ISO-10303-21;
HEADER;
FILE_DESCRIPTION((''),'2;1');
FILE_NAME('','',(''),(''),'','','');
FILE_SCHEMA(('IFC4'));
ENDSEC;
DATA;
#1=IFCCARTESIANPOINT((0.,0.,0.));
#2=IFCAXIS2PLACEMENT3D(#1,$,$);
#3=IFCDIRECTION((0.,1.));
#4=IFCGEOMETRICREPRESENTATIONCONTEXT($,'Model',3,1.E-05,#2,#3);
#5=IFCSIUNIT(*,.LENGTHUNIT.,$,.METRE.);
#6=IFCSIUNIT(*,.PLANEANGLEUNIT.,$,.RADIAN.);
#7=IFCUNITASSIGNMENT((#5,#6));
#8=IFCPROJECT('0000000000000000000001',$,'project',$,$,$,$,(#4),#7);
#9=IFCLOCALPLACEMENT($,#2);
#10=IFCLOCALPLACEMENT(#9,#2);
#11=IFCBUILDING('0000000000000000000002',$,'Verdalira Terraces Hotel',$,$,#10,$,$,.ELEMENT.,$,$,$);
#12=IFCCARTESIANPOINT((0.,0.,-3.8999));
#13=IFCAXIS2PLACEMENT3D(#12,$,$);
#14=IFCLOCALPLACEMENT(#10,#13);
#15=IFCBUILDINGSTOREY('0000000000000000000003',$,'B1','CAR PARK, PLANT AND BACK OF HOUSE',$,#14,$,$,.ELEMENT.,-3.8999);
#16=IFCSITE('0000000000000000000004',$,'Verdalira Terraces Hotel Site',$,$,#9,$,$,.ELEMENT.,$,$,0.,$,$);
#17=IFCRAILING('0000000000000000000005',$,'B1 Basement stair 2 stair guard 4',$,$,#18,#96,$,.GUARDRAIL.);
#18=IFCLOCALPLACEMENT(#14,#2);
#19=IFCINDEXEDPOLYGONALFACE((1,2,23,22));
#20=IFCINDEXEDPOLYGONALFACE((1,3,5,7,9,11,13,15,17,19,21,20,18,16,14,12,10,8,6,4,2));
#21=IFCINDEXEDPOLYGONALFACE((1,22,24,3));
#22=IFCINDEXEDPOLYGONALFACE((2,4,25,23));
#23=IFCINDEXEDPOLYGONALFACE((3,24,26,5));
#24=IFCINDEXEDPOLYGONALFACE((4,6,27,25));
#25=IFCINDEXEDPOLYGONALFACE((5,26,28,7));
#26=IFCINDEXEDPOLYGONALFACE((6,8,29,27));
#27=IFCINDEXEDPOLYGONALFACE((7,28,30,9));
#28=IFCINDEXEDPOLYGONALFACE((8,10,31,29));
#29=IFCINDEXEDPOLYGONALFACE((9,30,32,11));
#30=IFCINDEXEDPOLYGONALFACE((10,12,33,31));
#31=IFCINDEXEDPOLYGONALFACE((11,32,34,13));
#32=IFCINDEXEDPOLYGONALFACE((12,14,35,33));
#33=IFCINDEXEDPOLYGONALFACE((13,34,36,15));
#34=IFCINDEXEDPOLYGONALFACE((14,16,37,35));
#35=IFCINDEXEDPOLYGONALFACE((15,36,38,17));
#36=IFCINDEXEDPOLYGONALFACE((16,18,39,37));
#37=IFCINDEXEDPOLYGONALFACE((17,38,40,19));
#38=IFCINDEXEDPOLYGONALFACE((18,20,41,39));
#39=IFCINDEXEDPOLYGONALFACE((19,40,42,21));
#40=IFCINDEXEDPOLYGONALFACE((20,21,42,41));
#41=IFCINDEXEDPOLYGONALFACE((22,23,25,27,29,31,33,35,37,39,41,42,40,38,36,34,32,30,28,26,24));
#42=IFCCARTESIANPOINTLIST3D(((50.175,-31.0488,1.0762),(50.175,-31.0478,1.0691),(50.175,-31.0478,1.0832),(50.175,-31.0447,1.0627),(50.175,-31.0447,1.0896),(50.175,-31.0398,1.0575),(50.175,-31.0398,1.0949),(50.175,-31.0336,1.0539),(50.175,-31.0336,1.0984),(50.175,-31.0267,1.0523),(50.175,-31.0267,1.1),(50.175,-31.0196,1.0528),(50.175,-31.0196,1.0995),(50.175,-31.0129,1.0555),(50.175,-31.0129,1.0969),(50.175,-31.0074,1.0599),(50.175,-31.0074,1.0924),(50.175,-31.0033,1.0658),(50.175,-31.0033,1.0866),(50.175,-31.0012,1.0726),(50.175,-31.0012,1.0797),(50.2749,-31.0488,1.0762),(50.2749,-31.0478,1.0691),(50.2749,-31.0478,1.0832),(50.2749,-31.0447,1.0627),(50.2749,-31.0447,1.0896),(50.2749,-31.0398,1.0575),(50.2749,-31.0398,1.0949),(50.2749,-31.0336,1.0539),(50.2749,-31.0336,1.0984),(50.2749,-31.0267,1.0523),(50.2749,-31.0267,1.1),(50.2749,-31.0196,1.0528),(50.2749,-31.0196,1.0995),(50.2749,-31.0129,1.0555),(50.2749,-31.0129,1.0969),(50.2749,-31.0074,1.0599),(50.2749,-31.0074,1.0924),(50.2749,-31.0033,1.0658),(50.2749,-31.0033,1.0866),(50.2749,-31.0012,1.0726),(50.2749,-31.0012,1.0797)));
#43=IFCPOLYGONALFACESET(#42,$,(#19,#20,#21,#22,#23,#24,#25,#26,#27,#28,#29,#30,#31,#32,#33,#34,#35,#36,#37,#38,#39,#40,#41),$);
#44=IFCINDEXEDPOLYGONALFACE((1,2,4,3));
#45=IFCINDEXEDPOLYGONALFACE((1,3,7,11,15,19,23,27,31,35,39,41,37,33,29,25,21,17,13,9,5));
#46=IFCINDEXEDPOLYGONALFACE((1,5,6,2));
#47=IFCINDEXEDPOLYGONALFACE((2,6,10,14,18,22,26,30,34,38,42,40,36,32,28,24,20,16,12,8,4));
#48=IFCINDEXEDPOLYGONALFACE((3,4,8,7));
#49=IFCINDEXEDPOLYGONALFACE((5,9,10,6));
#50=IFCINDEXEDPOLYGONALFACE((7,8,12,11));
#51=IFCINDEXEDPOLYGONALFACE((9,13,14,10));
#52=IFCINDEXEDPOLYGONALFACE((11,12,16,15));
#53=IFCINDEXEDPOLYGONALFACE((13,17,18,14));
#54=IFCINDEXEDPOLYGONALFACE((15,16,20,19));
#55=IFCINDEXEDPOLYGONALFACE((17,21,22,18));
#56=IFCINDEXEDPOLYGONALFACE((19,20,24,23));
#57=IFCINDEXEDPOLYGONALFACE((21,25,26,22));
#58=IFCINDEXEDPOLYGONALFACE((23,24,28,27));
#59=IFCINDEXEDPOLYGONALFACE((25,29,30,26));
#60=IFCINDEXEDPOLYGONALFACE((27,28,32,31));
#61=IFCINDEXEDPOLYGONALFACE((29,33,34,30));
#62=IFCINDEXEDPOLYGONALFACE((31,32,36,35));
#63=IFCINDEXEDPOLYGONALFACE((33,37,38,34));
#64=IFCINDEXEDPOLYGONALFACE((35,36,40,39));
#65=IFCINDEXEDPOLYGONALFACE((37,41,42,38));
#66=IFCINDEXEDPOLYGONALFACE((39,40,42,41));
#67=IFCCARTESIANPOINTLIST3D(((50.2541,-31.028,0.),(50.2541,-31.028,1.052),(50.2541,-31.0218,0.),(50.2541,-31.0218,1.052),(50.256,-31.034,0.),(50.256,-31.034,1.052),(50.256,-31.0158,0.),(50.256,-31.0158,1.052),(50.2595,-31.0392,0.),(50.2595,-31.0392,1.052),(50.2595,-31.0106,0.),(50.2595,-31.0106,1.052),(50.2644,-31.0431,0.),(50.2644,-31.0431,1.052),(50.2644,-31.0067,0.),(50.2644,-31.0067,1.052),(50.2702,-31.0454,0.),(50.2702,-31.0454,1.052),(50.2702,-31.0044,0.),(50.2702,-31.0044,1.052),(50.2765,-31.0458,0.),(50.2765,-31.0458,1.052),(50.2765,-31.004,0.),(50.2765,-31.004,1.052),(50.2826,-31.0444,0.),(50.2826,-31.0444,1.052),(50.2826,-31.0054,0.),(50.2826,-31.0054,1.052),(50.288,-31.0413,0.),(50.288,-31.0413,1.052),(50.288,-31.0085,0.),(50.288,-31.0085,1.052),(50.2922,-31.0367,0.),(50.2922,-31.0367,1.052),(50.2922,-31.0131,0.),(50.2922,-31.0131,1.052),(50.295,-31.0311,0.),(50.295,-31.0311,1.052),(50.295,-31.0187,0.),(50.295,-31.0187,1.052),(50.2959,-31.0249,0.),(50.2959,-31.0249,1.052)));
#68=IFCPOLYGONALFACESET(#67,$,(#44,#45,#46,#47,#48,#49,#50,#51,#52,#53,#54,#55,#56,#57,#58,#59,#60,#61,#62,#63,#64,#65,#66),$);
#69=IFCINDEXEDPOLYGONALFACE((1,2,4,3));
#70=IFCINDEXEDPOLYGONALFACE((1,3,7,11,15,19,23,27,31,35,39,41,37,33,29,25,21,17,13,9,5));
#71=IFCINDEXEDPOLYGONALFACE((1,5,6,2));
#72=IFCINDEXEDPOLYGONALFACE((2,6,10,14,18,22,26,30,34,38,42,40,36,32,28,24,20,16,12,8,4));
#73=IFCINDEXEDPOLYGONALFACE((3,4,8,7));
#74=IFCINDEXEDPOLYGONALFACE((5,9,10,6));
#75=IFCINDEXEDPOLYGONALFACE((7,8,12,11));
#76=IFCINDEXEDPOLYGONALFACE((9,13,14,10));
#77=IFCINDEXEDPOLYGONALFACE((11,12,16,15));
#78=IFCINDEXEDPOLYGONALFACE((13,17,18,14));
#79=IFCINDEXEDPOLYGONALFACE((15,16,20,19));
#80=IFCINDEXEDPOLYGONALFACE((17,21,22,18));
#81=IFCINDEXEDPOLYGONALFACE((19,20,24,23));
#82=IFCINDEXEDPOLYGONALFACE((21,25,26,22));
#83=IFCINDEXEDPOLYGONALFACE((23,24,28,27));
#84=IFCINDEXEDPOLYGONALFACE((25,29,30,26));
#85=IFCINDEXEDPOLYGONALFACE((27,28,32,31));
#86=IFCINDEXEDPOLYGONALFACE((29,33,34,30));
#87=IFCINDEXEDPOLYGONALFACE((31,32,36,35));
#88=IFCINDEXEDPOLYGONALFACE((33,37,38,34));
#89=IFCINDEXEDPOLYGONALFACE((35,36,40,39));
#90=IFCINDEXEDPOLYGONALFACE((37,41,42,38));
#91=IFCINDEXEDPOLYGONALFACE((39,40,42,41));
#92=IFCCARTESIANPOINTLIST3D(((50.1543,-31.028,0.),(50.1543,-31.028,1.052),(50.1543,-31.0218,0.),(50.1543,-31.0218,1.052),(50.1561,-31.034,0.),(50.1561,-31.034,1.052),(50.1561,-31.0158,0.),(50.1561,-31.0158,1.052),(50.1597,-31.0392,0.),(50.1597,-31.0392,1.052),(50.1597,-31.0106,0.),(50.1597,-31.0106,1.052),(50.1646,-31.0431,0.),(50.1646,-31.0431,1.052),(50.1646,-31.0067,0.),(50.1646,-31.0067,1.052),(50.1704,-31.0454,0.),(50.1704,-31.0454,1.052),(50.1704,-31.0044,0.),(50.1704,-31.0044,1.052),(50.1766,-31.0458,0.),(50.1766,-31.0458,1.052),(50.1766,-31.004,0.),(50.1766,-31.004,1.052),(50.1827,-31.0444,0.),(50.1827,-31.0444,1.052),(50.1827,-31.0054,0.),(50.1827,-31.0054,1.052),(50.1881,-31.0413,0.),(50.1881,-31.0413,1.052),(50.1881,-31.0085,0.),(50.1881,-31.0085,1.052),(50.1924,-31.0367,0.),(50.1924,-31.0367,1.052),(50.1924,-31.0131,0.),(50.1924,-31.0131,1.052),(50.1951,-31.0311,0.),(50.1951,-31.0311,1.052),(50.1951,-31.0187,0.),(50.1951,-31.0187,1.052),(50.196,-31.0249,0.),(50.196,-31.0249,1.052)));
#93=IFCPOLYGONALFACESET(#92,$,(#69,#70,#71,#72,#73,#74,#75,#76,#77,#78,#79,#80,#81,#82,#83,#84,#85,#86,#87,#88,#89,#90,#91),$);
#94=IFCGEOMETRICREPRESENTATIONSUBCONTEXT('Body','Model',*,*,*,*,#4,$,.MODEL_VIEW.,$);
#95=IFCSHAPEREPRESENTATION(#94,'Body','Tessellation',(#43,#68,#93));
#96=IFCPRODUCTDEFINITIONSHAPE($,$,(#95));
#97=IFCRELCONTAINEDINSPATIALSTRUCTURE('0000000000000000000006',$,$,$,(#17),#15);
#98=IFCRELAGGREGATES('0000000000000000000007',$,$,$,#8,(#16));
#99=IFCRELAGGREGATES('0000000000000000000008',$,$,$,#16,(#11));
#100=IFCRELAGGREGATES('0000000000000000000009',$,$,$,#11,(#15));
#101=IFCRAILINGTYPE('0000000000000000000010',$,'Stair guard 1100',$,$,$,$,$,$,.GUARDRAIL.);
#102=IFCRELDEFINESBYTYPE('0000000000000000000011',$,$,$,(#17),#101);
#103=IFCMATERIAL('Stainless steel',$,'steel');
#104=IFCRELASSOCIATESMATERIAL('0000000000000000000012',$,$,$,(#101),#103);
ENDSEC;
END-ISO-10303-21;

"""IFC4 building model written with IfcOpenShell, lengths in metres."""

from ifc_helpers import new_model, si_unit, direction, frame, origin, origin_2d, place, context, subcontext, project, spatial, circle, extrude, material, type_object, element, save


model = new_model("IFC4")

# Units and contexts
model_context = context("Model", 3, precision=1e-05, world=origin(), true_north=direction((0.0, 1.0)))
body_context = subcontext(model_context, "Body", "Model", "MODEL_VIEW")
ifc_project = project(units=[si_unit("LENGTHUNIT", "METRE"), si_unit("PLANEANGLEUNIT", "RADIAN")], contexts=[model_context])

# Site, building, storey
site_placement = place(None, origin())
site = spatial("IfcSite", under=ifc_project, at=site_placement, Name="Verdalira Terraces Hotel Site", CompositionType="ELEMENT", RefElevation=0.0)
building_placement = place(site_placement, origin())
building = spatial("IfcBuilding", under=site, at=building_placement, Name="Verdalira Terraces Hotel", CompositionType="ELEMENT")
storey_placement = place(building_placement, frame((0.0, 0.0, -3.8999)))
storey = spatial("IfcBuildingStorey", under=building, at=storey_placement, Name="B1", Description="CAR PARK, PLANT AND BACK OF HOUSE", CompositionType="ELEMENT", Elevation=-3.8999)

# Railing
ifc_material_1 = material(Name="Stainless steel", Category="steel")
railing_type_1 = type_object("IfcRailingType", Name="Stair guard 1100", PredefinedType="GUARDRAIL", material=ifc_material_1)
railing_1_placement = place(storey_placement, frame((50.2749, -31.0249, 0.0)))
element("IfcRailing", 1, at=railing_1_placement, inside=storey, type_object=railing_type_1, Name="B1 Basement stair 2 stair guard 4", PredefinedType="GUARDRAIL", context=body_context, shape_type="SweptSolid", body=[
    extrude(circle(Radius=0.0239, at=origin_2d()), frame((0.0, 0.0, 1.0762), z_axis=(-1.0, 0.0, 0.0), x_axis=(0.0, -1.0, 0.0)), (0.0, 0.0, 1.0), 0.0999),
    extrude(circle(Radius=0.021, at=origin_2d()), origin(), (0.0, 0.0, 1.0), 1.052),
    extrude(circle(Radius=0.021, at=origin_2d()), frame((-0.0999, 0.0, 0.0)), (0.0, 0.0, 1.0), 1.052),
])

save(model, "model.ifc")
